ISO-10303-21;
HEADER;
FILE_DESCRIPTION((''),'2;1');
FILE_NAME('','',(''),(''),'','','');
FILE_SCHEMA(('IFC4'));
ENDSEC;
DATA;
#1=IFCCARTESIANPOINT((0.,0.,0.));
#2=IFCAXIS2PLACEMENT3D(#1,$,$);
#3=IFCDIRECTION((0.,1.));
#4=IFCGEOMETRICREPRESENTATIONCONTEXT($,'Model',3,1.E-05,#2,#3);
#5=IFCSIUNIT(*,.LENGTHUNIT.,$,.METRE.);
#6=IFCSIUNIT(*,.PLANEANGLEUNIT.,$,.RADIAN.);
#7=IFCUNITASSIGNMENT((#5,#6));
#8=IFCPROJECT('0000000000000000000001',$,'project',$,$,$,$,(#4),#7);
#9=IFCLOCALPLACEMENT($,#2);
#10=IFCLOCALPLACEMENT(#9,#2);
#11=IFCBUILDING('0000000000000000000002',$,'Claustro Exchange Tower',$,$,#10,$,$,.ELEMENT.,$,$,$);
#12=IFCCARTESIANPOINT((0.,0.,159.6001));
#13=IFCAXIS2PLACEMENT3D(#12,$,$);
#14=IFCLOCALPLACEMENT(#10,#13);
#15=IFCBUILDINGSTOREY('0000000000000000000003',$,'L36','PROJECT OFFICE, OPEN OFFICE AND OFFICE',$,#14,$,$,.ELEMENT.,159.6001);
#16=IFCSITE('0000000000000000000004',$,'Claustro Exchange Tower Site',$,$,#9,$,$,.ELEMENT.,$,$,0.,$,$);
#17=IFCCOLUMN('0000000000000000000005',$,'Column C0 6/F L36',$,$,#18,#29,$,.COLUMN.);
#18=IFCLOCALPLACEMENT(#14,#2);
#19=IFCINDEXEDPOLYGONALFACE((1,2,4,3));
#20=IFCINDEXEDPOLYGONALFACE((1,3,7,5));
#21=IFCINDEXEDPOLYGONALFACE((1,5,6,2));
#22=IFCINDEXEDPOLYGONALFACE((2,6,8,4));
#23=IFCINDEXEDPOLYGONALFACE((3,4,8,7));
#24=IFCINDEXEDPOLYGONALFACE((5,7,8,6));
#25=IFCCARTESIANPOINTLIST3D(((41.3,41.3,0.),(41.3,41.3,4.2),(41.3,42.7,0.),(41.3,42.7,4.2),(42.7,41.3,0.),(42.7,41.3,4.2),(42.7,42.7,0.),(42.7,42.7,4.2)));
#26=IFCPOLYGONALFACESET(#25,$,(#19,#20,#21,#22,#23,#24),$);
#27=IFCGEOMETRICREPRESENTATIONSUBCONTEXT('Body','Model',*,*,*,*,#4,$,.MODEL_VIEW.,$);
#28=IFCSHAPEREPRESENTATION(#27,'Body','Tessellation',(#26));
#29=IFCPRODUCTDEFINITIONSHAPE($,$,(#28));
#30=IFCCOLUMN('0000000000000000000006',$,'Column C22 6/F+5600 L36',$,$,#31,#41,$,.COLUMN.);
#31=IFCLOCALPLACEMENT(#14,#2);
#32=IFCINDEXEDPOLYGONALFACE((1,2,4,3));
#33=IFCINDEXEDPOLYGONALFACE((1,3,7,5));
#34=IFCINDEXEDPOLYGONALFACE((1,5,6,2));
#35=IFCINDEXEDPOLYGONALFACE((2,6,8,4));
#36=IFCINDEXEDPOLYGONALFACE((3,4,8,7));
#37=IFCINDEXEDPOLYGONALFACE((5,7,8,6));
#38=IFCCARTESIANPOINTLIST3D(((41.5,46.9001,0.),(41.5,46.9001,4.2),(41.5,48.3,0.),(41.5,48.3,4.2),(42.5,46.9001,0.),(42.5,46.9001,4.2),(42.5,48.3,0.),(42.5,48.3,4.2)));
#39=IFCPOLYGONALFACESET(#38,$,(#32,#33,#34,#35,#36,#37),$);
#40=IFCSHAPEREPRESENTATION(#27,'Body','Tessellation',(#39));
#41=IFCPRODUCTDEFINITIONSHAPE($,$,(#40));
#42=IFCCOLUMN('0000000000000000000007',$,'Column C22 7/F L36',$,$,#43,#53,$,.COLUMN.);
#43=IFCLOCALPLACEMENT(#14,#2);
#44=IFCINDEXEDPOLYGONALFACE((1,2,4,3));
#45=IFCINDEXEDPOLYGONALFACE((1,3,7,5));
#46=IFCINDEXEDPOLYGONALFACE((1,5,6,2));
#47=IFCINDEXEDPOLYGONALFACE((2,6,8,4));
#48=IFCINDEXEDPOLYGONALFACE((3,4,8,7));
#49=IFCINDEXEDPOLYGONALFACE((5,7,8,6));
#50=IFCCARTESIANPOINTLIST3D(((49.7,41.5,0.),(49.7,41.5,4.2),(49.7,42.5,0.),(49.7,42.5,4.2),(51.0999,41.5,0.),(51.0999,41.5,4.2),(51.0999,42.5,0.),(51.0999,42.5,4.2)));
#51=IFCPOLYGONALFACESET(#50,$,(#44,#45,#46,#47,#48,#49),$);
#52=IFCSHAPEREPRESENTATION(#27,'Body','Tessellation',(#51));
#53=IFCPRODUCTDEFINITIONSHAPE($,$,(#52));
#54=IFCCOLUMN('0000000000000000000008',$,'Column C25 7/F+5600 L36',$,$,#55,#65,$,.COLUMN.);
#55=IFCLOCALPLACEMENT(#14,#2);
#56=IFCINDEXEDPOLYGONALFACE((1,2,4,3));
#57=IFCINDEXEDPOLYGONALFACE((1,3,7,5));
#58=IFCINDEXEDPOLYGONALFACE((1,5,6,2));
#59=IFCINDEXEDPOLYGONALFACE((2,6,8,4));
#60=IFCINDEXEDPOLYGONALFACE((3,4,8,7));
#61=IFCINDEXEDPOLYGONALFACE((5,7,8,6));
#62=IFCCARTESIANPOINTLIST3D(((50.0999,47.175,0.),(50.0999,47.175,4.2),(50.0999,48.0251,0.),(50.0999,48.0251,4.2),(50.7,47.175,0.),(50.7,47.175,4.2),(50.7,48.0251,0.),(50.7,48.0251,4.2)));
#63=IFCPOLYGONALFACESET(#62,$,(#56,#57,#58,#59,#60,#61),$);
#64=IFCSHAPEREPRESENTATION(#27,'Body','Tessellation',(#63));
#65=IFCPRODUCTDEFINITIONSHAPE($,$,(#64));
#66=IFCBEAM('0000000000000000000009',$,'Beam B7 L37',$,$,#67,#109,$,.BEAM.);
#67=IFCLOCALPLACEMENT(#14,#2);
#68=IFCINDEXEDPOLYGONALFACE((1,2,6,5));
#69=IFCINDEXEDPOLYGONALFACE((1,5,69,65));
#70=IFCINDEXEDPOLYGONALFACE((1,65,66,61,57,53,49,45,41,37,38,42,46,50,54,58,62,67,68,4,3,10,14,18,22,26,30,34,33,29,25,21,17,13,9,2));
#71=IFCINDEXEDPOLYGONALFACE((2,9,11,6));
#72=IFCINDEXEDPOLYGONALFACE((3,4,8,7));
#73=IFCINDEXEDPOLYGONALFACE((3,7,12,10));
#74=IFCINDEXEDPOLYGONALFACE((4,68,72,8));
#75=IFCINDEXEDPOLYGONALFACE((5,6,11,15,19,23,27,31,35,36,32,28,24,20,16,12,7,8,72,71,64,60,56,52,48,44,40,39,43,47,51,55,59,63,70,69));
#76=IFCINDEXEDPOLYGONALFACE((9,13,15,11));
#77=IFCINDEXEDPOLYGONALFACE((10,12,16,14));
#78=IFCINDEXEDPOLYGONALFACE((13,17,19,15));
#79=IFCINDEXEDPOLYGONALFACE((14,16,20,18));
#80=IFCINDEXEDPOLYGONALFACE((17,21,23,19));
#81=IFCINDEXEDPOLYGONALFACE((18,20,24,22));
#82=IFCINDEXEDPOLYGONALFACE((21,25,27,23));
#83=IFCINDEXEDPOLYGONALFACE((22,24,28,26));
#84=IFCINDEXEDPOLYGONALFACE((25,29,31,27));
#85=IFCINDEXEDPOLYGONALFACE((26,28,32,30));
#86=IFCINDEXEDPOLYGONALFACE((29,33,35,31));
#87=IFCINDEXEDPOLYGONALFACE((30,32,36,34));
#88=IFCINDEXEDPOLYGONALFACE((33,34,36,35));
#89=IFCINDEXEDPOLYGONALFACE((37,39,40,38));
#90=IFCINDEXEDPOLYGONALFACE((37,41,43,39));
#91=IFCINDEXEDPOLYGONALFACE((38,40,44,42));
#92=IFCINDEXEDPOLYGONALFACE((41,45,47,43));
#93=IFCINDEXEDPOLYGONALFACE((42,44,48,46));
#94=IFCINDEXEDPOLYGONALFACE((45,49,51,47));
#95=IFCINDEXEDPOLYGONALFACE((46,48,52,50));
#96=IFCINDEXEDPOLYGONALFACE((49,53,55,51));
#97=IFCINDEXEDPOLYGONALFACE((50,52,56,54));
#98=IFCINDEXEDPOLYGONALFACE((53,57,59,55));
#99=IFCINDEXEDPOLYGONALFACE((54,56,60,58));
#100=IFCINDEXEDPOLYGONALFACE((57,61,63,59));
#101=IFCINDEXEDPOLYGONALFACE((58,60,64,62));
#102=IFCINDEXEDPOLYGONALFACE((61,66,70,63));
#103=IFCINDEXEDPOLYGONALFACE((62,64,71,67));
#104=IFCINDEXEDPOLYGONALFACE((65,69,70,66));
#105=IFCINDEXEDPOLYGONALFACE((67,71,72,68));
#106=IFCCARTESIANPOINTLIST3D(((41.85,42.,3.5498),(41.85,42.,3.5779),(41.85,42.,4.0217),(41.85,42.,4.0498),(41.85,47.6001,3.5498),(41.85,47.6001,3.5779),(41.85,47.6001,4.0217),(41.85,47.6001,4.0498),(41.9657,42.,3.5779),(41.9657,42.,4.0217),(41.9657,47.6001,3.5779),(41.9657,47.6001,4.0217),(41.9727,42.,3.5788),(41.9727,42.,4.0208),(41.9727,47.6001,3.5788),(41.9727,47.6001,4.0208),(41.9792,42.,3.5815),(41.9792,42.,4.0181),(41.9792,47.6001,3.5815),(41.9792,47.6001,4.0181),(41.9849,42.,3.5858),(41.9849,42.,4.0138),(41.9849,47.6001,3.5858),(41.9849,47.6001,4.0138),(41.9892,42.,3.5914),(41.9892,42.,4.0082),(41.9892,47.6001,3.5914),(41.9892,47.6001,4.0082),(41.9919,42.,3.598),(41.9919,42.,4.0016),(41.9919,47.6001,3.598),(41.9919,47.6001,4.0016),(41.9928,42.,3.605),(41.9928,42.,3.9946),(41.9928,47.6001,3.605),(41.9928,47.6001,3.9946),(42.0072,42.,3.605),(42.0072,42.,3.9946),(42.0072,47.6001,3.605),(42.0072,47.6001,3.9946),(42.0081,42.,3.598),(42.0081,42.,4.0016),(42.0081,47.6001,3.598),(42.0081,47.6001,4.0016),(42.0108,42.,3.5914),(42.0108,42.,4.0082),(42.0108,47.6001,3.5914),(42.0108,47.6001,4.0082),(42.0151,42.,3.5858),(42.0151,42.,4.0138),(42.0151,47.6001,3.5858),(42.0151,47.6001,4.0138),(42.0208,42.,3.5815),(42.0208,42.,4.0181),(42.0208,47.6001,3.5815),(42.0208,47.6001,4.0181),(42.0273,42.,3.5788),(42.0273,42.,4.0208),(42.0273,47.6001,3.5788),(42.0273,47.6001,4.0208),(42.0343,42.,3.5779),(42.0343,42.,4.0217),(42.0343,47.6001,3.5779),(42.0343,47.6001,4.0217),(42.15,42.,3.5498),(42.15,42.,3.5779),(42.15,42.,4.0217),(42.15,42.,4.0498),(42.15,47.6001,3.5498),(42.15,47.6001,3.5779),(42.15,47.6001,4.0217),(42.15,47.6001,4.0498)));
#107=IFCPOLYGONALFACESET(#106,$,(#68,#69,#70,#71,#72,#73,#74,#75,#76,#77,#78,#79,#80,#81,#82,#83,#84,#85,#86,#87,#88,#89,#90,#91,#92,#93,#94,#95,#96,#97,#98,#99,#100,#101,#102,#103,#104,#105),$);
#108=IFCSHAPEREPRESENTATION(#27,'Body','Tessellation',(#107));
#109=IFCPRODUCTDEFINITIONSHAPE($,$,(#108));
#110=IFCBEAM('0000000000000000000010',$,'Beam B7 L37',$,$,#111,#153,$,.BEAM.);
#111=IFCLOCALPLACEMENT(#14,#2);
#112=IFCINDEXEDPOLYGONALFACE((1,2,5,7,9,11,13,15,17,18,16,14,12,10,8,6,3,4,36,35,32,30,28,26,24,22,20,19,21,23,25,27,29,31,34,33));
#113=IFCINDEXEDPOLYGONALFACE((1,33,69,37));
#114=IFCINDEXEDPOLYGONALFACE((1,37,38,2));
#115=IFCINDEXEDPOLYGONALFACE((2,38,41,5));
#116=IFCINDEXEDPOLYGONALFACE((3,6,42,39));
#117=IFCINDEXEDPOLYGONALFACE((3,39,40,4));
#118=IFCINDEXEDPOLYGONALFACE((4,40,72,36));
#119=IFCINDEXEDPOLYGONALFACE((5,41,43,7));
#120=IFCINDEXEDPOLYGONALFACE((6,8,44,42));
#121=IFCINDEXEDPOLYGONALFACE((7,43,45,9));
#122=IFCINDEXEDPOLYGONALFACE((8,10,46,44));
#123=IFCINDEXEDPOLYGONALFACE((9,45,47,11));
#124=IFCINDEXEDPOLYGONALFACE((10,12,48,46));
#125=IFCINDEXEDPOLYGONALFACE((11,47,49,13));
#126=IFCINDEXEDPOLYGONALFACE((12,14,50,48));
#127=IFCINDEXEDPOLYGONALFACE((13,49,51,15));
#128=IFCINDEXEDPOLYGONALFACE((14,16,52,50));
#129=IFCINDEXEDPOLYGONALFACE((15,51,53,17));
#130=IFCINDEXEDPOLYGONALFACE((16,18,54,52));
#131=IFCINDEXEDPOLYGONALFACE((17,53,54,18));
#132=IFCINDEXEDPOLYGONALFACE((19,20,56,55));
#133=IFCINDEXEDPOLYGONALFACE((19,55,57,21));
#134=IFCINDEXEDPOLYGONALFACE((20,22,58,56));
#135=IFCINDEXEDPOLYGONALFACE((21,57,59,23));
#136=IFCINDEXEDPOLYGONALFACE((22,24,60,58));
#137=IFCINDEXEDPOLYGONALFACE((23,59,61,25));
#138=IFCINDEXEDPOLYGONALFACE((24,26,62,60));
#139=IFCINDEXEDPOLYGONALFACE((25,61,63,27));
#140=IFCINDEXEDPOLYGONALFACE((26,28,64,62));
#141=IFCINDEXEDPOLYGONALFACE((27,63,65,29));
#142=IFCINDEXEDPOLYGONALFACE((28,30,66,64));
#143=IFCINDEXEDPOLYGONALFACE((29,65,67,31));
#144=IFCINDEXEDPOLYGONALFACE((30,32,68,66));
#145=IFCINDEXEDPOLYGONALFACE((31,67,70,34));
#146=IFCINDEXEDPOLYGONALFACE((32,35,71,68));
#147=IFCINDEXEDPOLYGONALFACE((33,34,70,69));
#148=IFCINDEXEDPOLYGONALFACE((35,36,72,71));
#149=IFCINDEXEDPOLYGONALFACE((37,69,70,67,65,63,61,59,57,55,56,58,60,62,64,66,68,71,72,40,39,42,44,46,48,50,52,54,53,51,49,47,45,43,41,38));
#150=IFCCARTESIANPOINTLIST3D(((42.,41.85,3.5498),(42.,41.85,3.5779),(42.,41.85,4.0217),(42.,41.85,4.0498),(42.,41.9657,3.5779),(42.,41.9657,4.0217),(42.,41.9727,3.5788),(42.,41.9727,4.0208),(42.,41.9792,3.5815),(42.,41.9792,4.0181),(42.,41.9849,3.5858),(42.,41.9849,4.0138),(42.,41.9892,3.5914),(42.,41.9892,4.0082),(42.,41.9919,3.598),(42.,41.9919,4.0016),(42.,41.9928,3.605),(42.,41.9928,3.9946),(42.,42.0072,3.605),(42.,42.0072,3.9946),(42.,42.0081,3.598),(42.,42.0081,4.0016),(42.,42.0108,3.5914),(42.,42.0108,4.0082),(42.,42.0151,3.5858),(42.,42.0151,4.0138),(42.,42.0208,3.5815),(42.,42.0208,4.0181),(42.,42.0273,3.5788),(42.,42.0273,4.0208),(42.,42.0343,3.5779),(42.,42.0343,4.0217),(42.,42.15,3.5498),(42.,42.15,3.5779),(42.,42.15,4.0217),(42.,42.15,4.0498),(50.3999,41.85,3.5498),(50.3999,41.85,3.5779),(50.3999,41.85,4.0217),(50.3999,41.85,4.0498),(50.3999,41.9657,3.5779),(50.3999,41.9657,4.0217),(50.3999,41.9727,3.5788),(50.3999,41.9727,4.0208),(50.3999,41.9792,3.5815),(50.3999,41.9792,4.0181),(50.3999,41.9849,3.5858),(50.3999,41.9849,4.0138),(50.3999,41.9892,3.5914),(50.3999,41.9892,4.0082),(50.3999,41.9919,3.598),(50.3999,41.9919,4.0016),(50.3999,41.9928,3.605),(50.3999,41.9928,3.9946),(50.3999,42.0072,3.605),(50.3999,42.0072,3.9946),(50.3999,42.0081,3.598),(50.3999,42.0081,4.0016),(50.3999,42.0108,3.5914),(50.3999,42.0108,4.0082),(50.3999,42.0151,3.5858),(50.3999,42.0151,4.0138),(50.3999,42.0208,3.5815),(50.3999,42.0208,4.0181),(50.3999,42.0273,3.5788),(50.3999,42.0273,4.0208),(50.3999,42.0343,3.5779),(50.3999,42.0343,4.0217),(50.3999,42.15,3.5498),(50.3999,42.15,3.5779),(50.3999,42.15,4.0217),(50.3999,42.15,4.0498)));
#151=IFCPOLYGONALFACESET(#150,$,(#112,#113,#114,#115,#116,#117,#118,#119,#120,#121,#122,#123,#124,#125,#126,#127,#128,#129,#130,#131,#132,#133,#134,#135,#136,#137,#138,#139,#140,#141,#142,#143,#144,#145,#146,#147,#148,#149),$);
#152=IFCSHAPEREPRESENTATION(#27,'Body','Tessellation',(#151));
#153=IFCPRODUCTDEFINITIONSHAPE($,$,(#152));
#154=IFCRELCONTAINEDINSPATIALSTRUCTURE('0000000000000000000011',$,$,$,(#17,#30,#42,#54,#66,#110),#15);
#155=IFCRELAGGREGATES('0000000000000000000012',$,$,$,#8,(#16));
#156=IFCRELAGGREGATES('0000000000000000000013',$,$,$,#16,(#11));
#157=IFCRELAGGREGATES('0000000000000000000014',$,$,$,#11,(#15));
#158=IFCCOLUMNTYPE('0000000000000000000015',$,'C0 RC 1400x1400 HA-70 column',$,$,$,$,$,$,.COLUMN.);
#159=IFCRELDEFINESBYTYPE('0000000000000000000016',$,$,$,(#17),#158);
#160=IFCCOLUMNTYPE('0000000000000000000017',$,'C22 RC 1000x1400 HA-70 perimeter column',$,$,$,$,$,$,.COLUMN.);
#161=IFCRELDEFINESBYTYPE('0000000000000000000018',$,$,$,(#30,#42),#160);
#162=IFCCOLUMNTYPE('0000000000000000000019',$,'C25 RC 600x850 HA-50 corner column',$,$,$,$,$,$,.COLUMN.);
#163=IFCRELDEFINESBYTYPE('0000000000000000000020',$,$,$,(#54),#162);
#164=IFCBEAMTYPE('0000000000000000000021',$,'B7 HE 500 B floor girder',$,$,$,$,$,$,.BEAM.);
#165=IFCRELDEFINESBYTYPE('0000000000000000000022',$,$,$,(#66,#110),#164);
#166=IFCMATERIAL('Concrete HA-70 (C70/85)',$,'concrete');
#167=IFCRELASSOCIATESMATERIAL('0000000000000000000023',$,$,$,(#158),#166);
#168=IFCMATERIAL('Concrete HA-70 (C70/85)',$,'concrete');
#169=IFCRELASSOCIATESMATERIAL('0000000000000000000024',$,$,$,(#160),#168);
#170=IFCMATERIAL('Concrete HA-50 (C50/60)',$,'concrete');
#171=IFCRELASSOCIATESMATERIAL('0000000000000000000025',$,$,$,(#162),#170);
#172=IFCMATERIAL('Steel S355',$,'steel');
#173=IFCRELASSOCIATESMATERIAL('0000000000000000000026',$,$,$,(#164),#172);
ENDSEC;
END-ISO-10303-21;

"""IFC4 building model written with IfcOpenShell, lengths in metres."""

from ifc_helpers import new_model, si_unit, direction, frame, origin, origin_2d, place, context, subcontext, project, spatial, rectangle, i_section, extrude, material, material_profile, profile_set, type_object, element, save


model = new_model("IFC4")

# Units and contexts
model_context = context("Model", 3, precision=1e-05, world=origin(), true_north=direction((0.0, 1.0)))
body_context = subcontext(model_context, "Body", "Model", "MODEL_VIEW")
ifc_project = project(units=[si_unit("LENGTHUNIT", "METRE"), si_unit("PLANEANGLEUNIT", "RADIAN")], contexts=[model_context])

# Site, building, storey
site_placement = place(None, origin())
site = spatial("IfcSite", under=ifc_project, at=site_placement, Name="Claustro Exchange Tower Site", CompositionType="ELEMENT", RefElevation=0.0)
building_placement = place(site_placement, origin())
building = spatial("IfcBuilding", under=site, at=building_placement, Name="Claustro Exchange Tower", CompositionType="ELEMENT")
storey_placement = place(building_placement, frame((0.0, 0.0, 159.6001)))
storey = spatial("IfcBuildingStorey", under=building, at=storey_placement, Name="L36", Description="PROJECT OFFICE, OPEN OFFICE AND OFFICE", CompositionType="ELEMENT", Elevation=159.6001)

# Columns
ifc_material_1 = material(Name="Concrete HA-70 (C70/85)", Category="concrete")
ifc_material_profile_1 = material_profile(ifc_material_1, rectangle(XDim=1.3999, YDim=1.3999, at=origin_2d()), Name="RC 1400x1400")
ifc_profile_set_1 = profile_set([ifc_material_profile_1], Name="Concrete HA-70 (C70/85)")
column_type_1 = type_object("IfcColumnType", Name="C0 RC 1400x1400 HA-70 column", PredefinedType="COLUMN", material=ifc_profile_set_1)
column_1_placement = place(storey_placement, frame((42.0, 42.0, 0.0), z_axis=(0.0, 0.0, 1.0), x_axis=(1.0, 0.0, 0.0)))
element("IfcColumn", 1, at=column_1_placement, inside=storey, type_object=column_type_1, Name="Column C0 6/F L36", PredefinedType="COLUMN", context=body_context, shape_type="SweptSolid", body=[
    extrude(rectangle(XDim=1.3999, YDim=1.3999, at=origin_2d()), origin(), (0.0, 0.0, 1.0), 4.2),
])
ifc_material_2 = material(Name="Concrete HA-70 (C70/85)", Category="concrete")
ifc_material_profile_2 = material_profile(ifc_material_2, rectangle(XDim=1.0, YDim=1.3999, at=origin_2d()), Name="RC 1000x1400")
ifc_profile_set_2 = profile_set([ifc_material_profile_2], Name="Concrete HA-70 (C70/85)")
column_type_2 = type_object("IfcColumnType", Name="C22 RC 1000x1400 HA-70 perimeter column", PredefinedType="COLUMN", material=ifc_profile_set_2)
for number, where, z_axis, x_axis, name in (
    (2, (42.0, 47.6001, 0.0), (0.0, 0.0, 1.0), (1.0, 0.0, 0.0), "Column C22 6/F+5600 L36"),
    (3, (50.3999, 42.0, 0.0), (0.0, 0.0, 1.0), (0.0, 1.0, 0.0), "Column C22 7/F L36"),
):
    element("IfcColumn", number, at=place(storey_placement, frame(where, z_axis=z_axis, x_axis=x_axis)), inside=storey, type_object=column_type_2, Name=name, PredefinedType="COLUMN", context=body_context, shape_type="SweptSolid", body=[
        extrude(rectangle(XDim=1.0, YDim=1.3999, at=origin_2d()), origin(), (0.0, 0.0, 1.0), 4.2),
    ])
ifc_material_3 = material(Name="Concrete HA-50 (C50/60)", Category="concrete")
ifc_material_profile_3 = material_profile(ifc_material_3, rectangle(XDim=0.6001, YDim=0.8501, at=origin_2d()), Name="RC 600x850")
ifc_profile_set_3 = profile_set([ifc_material_profile_3], Name="Concrete HA-50 (C50/60)")
column_type_3 = type_object("IfcColumnType", Name="C25 RC 600x850 HA-50 corner column", PredefinedType="COLUMN", material=ifc_profile_set_3)
column_2_placement = place(storey_placement, frame((50.3999, 47.6001, 0.0), z_axis=(0.0, 0.0, 1.0), x_axis=(1.0, 0.0, 0.0)))
element("IfcColumn", 4, at=column_2_placement, inside=storey, type_object=column_type_3, Name="Column C25 7/F+5600 L36", PredefinedType="COLUMN", context=body_context, shape_type="SweptSolid", body=[
    extrude(rectangle(XDim=0.6001, YDim=0.8501, at=origin_2d()), origin(), (0.0, 0.0, 1.0), 4.2),
])

# Beams
ifc_material_4 = material(Name="Steel S355", Category="steel")
ifc_material_profile_4 = material_profile(ifc_material_4, i_section(OverallWidth=0.3, OverallDepth=0.5, WebThickness=0.0144, FlangeThickness=0.0281, FilletRadius=0.0271, at=origin_2d()), Name="HE 500 B")
ifc_profile_set_4 = profile_set([ifc_material_profile_4], Name="Steel S355")
beam_type_1 = type_object("IfcBeamType", Name="B7 HE 500 B floor girder", PredefinedType="BEAM", material=ifc_profile_set_4)
beam_1_placement = place(storey_placement, frame((42.0, 42.0, 3.7998), z_axis=(0.0, 1.0, 0.0), x_axis=(-1.0, 0.0, 0.0)))
element("IfcBeam", 5, at=beam_1_placement, inside=storey, type_object=beam_type_1, Name="Beam B7 L37", PredefinedType="BEAM", context=body_context, shape_type="SweptSolid", body=[
    extrude(i_section(OverallWidth=0.3, OverallDepth=0.5, WebThickness=0.0144, FlangeThickness=0.0281, FilletRadius=0.0271, at=origin_2d()), origin(), (0.0, 0.0, 1.0), 5.6001),
])
beam_2_placement = place(storey_placement, frame((42.0, 42.0, 3.7998), z_axis=(1.0, 0.0, 0.0), x_axis=(0.0, 1.0, 0.0)))
element("IfcBeam", 6, at=beam_2_placement, inside=storey, type_object=beam_type_1, Name="Beam B7 L37", PredefinedType="BEAM", context=body_context, shape_type="SweptSolid", body=[
    extrude(i_section(OverallWidth=0.3, OverallDepth=0.5, WebThickness=0.0144, FlangeThickness=0.0281, FilletRadius=0.0271, at=origin_2d()), origin(), (0.0, 0.0, 1.0), 8.3999),
])

save(model, "model.ifc")
